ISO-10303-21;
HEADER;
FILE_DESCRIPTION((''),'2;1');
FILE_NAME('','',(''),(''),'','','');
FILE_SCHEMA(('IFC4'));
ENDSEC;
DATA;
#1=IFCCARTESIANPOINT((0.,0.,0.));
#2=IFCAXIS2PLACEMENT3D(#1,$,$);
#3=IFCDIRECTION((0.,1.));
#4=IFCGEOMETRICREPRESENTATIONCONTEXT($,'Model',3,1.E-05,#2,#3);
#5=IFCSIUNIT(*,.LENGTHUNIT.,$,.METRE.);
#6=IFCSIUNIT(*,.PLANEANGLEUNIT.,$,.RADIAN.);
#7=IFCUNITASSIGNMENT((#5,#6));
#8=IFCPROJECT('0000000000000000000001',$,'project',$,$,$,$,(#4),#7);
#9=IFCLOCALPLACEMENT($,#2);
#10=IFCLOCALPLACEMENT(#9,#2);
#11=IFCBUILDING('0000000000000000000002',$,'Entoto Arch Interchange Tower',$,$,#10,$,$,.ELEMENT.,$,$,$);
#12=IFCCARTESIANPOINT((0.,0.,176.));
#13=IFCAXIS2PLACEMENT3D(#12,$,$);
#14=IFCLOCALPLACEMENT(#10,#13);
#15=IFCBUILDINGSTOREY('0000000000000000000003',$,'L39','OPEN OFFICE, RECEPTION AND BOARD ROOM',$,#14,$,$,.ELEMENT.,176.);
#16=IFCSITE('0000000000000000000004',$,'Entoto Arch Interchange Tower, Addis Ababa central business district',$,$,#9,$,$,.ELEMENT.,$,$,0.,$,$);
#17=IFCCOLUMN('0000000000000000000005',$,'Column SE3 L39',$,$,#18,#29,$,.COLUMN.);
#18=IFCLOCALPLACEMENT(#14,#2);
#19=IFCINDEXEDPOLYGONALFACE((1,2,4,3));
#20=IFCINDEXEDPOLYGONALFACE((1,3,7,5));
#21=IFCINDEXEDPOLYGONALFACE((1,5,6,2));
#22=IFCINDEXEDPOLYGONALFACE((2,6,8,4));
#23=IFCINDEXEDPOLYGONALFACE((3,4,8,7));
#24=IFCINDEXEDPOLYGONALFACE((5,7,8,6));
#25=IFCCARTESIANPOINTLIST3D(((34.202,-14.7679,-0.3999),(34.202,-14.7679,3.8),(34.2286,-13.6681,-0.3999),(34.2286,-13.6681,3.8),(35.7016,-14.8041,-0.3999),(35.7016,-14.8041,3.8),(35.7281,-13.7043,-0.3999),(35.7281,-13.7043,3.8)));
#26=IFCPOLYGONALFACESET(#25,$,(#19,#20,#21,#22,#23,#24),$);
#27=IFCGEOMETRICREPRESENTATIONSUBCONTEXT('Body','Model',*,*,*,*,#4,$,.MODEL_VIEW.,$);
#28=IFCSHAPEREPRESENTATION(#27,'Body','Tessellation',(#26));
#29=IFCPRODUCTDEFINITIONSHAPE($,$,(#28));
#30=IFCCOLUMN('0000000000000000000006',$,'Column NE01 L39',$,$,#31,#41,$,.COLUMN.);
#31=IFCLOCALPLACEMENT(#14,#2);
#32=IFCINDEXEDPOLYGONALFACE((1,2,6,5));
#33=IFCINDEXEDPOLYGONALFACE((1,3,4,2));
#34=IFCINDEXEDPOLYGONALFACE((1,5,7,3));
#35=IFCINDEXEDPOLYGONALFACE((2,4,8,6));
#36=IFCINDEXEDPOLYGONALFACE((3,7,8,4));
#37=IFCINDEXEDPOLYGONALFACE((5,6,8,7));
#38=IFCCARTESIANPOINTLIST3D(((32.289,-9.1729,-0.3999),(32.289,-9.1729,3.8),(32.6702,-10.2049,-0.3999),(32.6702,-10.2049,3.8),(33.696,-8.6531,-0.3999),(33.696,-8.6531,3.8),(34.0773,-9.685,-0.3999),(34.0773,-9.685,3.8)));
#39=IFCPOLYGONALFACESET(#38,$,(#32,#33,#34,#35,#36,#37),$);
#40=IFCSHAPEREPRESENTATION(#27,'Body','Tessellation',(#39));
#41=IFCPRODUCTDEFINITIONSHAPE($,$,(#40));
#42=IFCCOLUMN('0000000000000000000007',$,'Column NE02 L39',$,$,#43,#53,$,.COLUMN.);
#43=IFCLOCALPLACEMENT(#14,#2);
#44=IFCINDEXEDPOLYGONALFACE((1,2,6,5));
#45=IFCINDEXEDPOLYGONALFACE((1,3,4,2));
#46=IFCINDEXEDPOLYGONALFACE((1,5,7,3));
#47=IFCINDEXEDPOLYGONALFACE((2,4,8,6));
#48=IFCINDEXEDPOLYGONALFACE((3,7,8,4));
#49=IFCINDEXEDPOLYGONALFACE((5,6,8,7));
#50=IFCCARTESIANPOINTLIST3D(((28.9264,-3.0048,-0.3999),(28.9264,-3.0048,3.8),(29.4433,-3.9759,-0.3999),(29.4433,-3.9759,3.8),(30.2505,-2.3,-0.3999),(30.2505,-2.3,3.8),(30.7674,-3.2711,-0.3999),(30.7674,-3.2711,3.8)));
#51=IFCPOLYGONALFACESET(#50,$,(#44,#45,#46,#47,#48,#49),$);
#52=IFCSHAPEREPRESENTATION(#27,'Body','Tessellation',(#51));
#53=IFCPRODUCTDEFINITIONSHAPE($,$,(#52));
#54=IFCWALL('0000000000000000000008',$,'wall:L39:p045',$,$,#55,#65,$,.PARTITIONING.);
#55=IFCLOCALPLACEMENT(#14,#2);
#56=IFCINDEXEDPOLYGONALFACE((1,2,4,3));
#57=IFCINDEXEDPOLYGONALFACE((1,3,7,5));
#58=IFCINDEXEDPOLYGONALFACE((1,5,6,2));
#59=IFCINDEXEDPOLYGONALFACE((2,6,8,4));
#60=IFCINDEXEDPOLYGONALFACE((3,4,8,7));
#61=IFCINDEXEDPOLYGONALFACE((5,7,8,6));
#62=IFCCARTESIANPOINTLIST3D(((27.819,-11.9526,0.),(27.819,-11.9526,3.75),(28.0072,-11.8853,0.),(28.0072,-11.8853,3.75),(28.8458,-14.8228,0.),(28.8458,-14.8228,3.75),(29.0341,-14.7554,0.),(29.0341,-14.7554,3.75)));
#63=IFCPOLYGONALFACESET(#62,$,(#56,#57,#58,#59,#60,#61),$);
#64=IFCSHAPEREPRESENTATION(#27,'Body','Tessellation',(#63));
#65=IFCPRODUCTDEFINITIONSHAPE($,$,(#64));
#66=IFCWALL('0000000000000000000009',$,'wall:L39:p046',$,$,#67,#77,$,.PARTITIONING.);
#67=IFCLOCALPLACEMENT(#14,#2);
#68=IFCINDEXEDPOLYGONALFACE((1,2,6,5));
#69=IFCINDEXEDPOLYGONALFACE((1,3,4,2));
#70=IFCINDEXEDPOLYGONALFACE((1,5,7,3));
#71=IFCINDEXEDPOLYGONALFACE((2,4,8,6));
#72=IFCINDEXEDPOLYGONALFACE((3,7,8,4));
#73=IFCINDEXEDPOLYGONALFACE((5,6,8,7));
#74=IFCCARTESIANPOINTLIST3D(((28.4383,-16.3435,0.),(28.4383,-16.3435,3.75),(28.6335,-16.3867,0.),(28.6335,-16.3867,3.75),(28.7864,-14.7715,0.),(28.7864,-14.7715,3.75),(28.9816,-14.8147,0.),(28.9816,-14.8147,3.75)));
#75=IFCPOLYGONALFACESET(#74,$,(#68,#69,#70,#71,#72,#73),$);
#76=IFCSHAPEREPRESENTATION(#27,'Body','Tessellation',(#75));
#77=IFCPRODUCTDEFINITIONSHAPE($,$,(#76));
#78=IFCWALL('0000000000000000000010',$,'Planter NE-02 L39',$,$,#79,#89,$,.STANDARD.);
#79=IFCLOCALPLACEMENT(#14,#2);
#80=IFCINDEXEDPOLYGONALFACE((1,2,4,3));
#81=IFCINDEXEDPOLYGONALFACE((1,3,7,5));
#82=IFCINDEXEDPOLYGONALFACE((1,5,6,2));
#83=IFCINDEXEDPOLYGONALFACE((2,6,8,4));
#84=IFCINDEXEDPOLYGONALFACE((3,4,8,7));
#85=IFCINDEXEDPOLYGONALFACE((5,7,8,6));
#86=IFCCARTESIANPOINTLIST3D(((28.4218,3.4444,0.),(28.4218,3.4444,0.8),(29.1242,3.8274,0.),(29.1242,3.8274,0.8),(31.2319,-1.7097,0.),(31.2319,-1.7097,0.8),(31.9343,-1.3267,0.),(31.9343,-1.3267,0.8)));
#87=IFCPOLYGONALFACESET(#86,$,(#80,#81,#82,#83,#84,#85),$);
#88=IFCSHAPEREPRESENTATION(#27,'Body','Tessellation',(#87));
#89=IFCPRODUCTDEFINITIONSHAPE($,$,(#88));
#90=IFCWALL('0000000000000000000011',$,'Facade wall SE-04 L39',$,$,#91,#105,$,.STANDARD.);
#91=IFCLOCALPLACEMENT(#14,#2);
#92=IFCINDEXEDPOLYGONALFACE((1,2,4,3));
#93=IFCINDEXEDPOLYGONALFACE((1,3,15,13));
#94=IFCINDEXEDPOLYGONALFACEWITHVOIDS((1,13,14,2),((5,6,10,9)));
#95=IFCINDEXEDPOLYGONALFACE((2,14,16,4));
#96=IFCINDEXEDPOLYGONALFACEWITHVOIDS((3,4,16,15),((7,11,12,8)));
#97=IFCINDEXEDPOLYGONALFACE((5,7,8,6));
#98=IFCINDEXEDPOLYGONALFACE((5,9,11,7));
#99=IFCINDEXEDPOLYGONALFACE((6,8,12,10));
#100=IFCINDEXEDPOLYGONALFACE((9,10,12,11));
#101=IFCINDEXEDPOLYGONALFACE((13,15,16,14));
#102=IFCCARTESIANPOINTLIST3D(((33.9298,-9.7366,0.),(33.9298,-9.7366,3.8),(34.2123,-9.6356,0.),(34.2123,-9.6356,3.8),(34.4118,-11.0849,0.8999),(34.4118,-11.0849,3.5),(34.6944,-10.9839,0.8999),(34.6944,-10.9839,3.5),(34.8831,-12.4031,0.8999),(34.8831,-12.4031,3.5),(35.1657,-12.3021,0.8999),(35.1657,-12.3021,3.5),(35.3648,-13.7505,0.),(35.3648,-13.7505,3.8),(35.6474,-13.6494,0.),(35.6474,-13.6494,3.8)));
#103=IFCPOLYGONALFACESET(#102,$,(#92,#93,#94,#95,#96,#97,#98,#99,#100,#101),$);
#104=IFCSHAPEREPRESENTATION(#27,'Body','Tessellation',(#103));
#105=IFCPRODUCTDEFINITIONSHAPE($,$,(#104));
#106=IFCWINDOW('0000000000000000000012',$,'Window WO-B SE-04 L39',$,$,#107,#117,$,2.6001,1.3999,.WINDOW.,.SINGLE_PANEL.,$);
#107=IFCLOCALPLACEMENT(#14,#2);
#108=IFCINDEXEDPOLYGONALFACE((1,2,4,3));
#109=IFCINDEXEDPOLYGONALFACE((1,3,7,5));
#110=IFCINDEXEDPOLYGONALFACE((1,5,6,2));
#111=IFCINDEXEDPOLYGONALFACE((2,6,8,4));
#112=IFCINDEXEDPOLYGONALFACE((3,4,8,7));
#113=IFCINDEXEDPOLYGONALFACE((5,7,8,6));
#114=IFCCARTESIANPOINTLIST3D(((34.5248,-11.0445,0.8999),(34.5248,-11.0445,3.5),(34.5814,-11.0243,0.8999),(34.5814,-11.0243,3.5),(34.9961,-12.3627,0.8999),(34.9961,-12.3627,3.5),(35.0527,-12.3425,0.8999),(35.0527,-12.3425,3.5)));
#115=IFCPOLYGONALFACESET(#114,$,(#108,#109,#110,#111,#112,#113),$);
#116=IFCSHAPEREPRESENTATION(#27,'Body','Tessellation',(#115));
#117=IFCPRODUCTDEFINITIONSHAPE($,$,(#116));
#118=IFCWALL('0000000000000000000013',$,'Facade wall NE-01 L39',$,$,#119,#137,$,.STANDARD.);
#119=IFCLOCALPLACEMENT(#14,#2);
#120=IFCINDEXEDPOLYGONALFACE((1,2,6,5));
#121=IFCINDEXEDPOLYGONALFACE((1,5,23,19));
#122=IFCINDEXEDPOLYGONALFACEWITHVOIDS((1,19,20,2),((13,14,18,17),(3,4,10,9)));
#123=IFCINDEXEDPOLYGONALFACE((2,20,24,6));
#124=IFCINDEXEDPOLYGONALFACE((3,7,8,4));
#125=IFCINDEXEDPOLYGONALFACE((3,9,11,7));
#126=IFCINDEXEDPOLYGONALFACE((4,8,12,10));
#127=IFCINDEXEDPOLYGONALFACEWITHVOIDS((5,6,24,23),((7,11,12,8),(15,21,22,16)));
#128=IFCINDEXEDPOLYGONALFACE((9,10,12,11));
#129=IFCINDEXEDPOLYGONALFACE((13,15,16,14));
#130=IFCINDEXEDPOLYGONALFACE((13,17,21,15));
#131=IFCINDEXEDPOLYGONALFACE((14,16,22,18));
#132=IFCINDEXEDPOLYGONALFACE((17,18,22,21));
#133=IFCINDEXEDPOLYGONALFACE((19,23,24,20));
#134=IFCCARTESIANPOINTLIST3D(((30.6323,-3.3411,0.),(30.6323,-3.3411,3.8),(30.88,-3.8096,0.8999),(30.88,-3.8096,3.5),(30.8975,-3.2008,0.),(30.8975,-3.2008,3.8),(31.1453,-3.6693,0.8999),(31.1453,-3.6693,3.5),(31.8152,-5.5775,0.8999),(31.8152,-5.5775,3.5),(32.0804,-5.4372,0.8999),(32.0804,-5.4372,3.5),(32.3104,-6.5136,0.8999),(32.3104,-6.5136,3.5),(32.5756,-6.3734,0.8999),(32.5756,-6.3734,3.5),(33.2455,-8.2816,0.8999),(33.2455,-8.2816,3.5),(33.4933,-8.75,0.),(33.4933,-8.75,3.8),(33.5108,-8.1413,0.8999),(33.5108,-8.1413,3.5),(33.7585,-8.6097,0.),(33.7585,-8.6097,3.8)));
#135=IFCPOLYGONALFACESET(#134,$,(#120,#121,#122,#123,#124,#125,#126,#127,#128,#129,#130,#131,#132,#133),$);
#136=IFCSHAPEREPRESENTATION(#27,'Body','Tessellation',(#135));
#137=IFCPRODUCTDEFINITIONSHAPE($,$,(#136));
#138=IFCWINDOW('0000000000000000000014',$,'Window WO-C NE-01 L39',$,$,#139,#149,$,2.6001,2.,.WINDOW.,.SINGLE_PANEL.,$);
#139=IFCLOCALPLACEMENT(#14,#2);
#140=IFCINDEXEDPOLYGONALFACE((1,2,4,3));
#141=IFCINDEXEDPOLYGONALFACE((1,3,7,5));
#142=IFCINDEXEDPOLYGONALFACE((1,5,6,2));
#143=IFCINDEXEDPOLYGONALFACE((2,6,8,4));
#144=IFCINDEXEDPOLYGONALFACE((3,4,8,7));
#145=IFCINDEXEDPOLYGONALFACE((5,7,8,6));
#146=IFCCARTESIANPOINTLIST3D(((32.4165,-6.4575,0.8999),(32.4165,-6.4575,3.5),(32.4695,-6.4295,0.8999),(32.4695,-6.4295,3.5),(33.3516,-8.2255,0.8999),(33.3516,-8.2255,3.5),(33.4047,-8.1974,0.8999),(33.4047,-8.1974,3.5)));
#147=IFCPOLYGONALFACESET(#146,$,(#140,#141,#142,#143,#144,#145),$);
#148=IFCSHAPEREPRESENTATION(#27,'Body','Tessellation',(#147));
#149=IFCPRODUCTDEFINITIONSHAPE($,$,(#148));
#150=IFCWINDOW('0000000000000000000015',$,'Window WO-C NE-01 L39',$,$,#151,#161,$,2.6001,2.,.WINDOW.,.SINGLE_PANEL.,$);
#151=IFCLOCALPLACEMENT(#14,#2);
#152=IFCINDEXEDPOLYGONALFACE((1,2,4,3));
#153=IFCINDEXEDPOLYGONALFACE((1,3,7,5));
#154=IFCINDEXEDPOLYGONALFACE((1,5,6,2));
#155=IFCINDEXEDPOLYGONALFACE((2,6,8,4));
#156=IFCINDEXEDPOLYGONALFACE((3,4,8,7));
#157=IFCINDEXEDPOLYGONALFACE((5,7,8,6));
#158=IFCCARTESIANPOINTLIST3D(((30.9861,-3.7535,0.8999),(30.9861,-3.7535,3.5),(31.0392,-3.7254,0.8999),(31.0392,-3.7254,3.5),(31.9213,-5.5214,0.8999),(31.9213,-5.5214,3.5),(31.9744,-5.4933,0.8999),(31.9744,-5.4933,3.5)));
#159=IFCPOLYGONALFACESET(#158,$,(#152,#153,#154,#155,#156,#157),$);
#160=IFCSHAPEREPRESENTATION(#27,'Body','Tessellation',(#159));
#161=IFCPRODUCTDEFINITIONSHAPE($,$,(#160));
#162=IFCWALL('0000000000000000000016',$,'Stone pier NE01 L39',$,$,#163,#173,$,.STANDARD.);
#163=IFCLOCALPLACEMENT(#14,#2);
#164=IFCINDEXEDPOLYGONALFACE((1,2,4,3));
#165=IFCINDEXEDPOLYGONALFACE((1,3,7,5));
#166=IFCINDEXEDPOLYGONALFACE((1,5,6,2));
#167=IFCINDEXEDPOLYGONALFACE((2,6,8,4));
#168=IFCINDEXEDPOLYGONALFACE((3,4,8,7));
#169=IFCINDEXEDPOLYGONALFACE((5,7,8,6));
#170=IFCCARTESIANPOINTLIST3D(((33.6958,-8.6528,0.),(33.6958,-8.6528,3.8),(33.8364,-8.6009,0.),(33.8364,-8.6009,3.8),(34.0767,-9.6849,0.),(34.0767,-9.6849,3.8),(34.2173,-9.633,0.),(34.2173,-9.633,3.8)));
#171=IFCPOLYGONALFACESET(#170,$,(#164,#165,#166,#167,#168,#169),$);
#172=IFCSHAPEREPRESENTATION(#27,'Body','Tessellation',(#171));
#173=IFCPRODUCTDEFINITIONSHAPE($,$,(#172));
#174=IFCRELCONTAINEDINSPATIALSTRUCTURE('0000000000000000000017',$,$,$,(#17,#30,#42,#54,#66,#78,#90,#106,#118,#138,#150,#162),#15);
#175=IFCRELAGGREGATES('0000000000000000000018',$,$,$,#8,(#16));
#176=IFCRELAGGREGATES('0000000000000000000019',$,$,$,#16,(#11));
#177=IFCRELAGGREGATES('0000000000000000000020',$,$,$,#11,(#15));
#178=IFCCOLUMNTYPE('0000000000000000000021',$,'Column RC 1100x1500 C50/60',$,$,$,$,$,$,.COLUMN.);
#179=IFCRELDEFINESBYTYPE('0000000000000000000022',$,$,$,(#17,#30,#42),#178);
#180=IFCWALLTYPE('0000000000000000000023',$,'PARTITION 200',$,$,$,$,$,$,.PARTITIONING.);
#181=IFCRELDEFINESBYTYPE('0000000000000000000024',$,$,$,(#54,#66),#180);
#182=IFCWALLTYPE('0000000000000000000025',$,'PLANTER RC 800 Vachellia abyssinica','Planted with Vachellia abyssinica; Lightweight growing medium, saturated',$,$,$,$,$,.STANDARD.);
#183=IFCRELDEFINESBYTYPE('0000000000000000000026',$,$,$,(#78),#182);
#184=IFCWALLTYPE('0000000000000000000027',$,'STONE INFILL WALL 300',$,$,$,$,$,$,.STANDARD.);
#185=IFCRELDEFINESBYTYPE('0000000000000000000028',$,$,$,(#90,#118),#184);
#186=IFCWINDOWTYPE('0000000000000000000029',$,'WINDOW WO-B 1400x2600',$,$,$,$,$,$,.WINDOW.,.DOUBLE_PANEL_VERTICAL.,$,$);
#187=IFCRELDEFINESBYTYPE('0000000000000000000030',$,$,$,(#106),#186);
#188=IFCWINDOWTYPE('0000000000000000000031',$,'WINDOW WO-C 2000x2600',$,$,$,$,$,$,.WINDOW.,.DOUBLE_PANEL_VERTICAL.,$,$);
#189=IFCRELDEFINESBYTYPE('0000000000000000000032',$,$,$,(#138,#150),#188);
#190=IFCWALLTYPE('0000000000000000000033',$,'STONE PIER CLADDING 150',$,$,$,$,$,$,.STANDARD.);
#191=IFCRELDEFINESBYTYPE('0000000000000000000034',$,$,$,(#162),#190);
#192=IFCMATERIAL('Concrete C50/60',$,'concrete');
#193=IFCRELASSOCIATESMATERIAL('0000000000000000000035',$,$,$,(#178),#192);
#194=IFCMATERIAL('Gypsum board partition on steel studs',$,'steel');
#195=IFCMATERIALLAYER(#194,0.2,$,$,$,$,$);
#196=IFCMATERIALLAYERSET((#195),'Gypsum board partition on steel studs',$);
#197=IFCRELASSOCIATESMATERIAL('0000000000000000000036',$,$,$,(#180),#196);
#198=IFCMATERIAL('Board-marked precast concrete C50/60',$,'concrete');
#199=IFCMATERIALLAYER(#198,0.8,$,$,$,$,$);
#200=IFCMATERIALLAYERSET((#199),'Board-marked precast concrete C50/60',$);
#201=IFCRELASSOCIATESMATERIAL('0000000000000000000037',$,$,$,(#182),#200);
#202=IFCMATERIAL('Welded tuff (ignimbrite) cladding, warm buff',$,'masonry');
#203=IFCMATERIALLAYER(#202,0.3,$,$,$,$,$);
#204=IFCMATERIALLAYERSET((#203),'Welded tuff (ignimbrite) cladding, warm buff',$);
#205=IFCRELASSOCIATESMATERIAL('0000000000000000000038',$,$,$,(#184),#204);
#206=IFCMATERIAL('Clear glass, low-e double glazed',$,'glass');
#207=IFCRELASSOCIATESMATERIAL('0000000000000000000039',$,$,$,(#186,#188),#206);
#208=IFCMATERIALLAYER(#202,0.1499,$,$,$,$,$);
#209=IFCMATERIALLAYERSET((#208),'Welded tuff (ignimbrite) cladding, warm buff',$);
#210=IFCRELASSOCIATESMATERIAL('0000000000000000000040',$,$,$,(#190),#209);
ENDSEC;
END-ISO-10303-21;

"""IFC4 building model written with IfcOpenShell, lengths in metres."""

from ifc_helpers import new_model, si_unit, direction, frame, frame_2d, origin, origin_2d, place, context, subcontext, project, spatial, rectangle, extrude, material, layer, layer_set, material_profile, profile_set, type_object, element, fill, save


model = new_model("IFC4")

# Units and contexts
model_context = context("Model", 3, precision=1e-05, world=origin(), true_north=direction((0.0, 1.0)))
body_context = subcontext(model_context, "Body", "Model", "MODEL_VIEW")
ifc_project = project(units=[si_unit("LENGTHUNIT", "METRE"), si_unit("PLANEANGLEUNIT", "RADIAN")], contexts=[model_context])

# Site, building, storey
site_placement = place(None, origin())
site = spatial("IfcSite", under=ifc_project, at=site_placement, Name="Entoto Arch Interchange Tower, Addis Ababa central business district", CompositionType="ELEMENT", RefElevation=0.0)
building_placement = place(site_placement, origin())
building = spatial("IfcBuilding", under=site, at=building_placement, Name="Entoto Arch Interchange Tower", CompositionType="ELEMENT")
storey_placement = place(building_placement, frame((0.0, 0.0, 176.0)))
storey = spatial("IfcBuildingStorey", under=building, at=storey_placement, Name="L39", Description="OPEN OFFICE, RECEPTION AND BOARD ROOM", CompositionType="ELEMENT", Elevation=176.0)

# Columns
ifc_material_1 = material(Name="Concrete C50/60", Category="concrete")
ifc_material_profile = material_profile(ifc_material_1, rectangle(XDim=1.1001, YDim=1.5, at=origin_2d()))
ifc_profile_set = profile_set([ifc_material_profile], Name="Concrete C50/60")
column_type = type_object("IfcColumnType", Name="Column RC 1100x1500 C50/60", PredefinedType="COLUMN", material=ifc_profile_set)
for number, where, z_axis, x_axis, name in (
    (1, (34.9651, -14.2361, -0.3999), (0.0, 0.0, 1.0), (0.024118, 0.999709, 0.0), "Column SE3 L39"),
    (2, (33.1831, -9.429, -0.3999), (0.0, 0.0, 1.0), (-0.346592, 0.938016, 0.0), "Column NE01 L39"),
    (3, (29.8469, -3.1379, -0.3999), (0.0, 0.0, 1.0), (-0.469857, 0.882743, 0.0), "Column NE02 L39"),
):
    element("IfcColumn", number, at=place(storey_placement, frame(where, z_axis=z_axis, x_axis=x_axis)), inside=storey, type_object=column_type, Name=name, PredefinedType="COLUMN", context=body_context, shape_type="SweptSolid", body=[
        extrude(rectangle(XDim=1.1001, YDim=1.5, at=origin_2d()), origin(), (0.0, 0.0, 1.0), 4.2),
    ])

# Walls
ifc_material_2 = material(Name="Gypsum board partition on steel studs", Category="steel")
ifc_layer_1 = layer(ifc_material_2, 0.2)
ifc_layer_set_1 = layer_set([ifc_layer_1], Name="Gypsum board partition on steel studs")
wall_type_1 = type_object("IfcWallType", Name="PARTITION 200", PredefinedType="PARTITIONING", material=ifc_layer_set_1)
wall_1_placement = place(storey_placement, frame((27.9131, -11.9189, 0.0), z_axis=(0.0, 0.0, 1.0), x_axis=(0.336864, -0.941553, 0.0)))
element("IfcWall", 4, at=wall_1_placement, inside=storey, type_object=wall_type_1, Name="wall:L39:p045", PredefinedType="PARTITIONING", context=body_context, shape_type="SweptSolid", body=[
    extrude(rectangle(XDim=3.0483, YDim=0.2, at=frame_2d((1.5242, 0.0))), origin(), (0.0, 0.0, 1.0), 3.75),
])
wall_2_placement = place(storey_placement, frame((28.884, -14.793, 0.0), z_axis=(0.0, 0.0, 1.0), x_axis=(-0.216224, -0.976344, 0.0)))
element("IfcWall", 5, at=wall_2_placement, inside=storey, type_object=wall_type_1, Name="wall:L39:p046", PredefinedType="PARTITIONING", context=body_context, shape_type="SweptSolid", body=[
    extrude(rectangle(XDim=1.6101, YDim=0.2, at=frame_2d((0.8052, 0.0))), origin(), (0.0, 0.0, 1.0), 3.75),
])
ifc_material_3 = material(Name="Board-marked precast concrete C50/60", Category="concrete")
ifc_layer_2 = layer(ifc_material_3, 0.8)
ifc_layer_set_2 = layer_set([ifc_layer_2], Name="Board-marked precast concrete C50/60")
wall_type_2 = type_object("IfcWallType", Name="PLANTER RC 800 Vachellia abyssinica", Description="Planted with Vachellia abyssinica; Lightweight growing medium, saturated", PredefinedType="STANDARD", material=ifc_layer_set_2)
wall_3_placement = place(storey_placement, frame((31.583, -1.5181, 0.0), z_axis=(0.0, 0.0, 1.0), x_axis=(-0.478689, 0.877985, 0.0)))
element("IfcWall", 6, at=wall_3_placement, inside=storey, type_object=wall_type_2, Name="Planter NE-02 L39", PredefinedType="STANDARD", context=body_context, shape_type="SweptSolid", body=[
    extrude(rectangle(XDim=5.8704, YDim=0.8, at=frame_2d((2.9351, 0.0))), origin(), (0.0, 0.0, 1.0), 0.8),
])

# Wall, opening, window
ifc_material_4 = material(Name="Welded tuff (ignimbrite) cladding, warm buff", Category="masonry")
ifc_layer_3 = layer(ifc_material_4, 0.3)
ifc_layer_set_3 = layer_set([ifc_layer_3], Name="Welded tuff (ignimbrite) cladding, warm buff")
wall_type_3 = type_object("IfcWallType", Name="STONE INFILL WALL 300", PredefinedType="STANDARD", material=ifc_layer_set_3)
wall_4_placement = place(storey_placement, frame((35.5061, -13.7, 0.0), z_axis=(0.0, 0.0, 1.0), x_axis=(-0.336652, 0.941629, 0.0)))
wall_4 = element("IfcWall", 7, at=wall_4_placement, inside=storey, type_object=wall_type_3, Name="Facade wall SE-04 L39", PredefinedType="STANDARD", context=body_context, shape_type="SweptSolid", body=[
    extrude(rectangle(XDim=4.2627, YDim=0.3, at=frame_2d((2.1313, 0.0))), origin(), (0.0, 0.0, 1.0), 3.8),
])
opening_1_placement = place(wall_4_placement, frame((1.4309, 0.0, 0.8999)))
opening_1 = element("IfcOpeningElement", 8, at=opening_1_placement, cuts=wall_4, PredefinedType="OPENING", context=body_context, shape_type="SweptSolid", body=[
    extrude(rectangle(XDim=1.3999, YDim=2.6001, at=frame_2d((0.7, 1.3))), frame((0.0, 0.1602, 0.0), z_axis=(0.0, -1.0, 0.0), x_axis=(1.0, 0.0, 0.0)), (0.0, 0.0, 1.0), 0.3201),
])
ifc_material_5 = material(Name="Clear glass, low-e double glazed", Category="glass")
window_type_1 = type_object("IfcWindowType", Name="WINDOW WO-B 1400x2600", PartitioningType="DOUBLE_PANEL_VERTICAL", PredefinedType="WINDOW", material=ifc_material_5)
window_1_placement = place(opening_1_placement, origin())
window_1 = element("IfcWindow", 9, at=window_1_placement, inside=storey, type_object=window_type_1, Name="Window WO-B SE-04 L39", OverallHeight=2.6001, OverallWidth=1.3999, PartitioningType="SINGLE_PANEL", PredefinedType="WINDOW", context=body_context, shape_type="SweptSolid", body=[
    extrude(rectangle(XDim=1.3999, YDim=2.6001, at=frame_2d((0.7, 1.3))), frame((0.0, 0.03, 0.0), z_axis=(0.0, -1.0, 0.0), x_axis=(1.0, 0.0, 0.0)), (0.0, 0.0, 1.0), 0.0601),
])
fill(opening_1, window_1)

# Wall, openings, windows
wall_5_placement = place(storey_placement, frame((33.626, -8.6799, 0.0), z_axis=(0.0, 0.0, 1.0), x_axis=(-0.467572, 0.883955, 0.0)))
wall_5 = element("IfcWall", 10, at=wall_5_placement, inside=storey, type_object=wall_type_3, Name="Facade wall NE-01 L39", PredefinedType="STANDARD", context=body_context, shape_type="SweptSolid", body=[
    extrude(rectangle(XDim=6.1189, YDim=0.3, at=frame_2d((3.0596, 0.0))), origin(), (0.0, 0.0, 1.0), 3.8),
])
opening_2_placement = place(wall_5_placement, frame((0.53, 0.0, 0.8999)))
opening_2 = element("IfcOpeningElement", 11, at=opening_2_placement, cuts=wall_5, PredefinedType="OPENING", context=body_context, shape_type="SweptSolid", body=[
    extrude(rectangle(XDim=2.0, YDim=2.6001, at=frame_2d((1.0, 1.3))), frame((0.0, 0.1602, 0.0), z_axis=(0.0, -1.0, 0.0), x_axis=(1.0, 0.0, 0.0)), (0.0, 0.0, 1.0), 0.3201),
])
opening_3_placement = place(wall_5_placement, frame((3.5891, 0.0, 0.8999)))
opening_3 = element("IfcOpeningElement", 12, at=opening_3_placement, cuts=wall_5, PredefinedType="OPENING", context=body_context, shape_type="SweptSolid", body=[
    extrude(rectangle(XDim=2.0, YDim=2.6001, at=frame_2d((1.0, 1.3))), frame((0.0, 0.1602, 0.0), z_axis=(0.0, -1.0, 0.0), x_axis=(1.0, 0.0, 0.0)), (0.0, 0.0, 1.0), 0.3201),
])
window_type_2 = type_object("IfcWindowType", Name="WINDOW WO-C 2000x2600", PartitioningType="DOUBLE_PANEL_VERTICAL", PredefinedType="WINDOW", material=ifc_material_5)
window_2_placement = place(opening_2_placement, origin())
window_2 = element("IfcWindow", 13, at=window_2_placement, inside=storey, type_object=window_type_2, Name="Window WO-C NE-01 L39", OverallHeight=2.6001, OverallWidth=2.0, PartitioningType="SINGLE_PANEL", PredefinedType="WINDOW", context=body_context, shape_type="SweptSolid", body=[
    extrude(rectangle(XDim=2.0, YDim=2.6001, at=frame_2d((1.0, 1.3))), frame((0.0, 0.03, 0.0), z_axis=(0.0, -1.0, 0.0), x_axis=(1.0, 0.0, 0.0)), (0.0, 0.0, 1.0), 0.0601),
])
fill(opening_2, window_2)
window_3_placement = place(opening_3_placement, origin())
window_3 = element("IfcWindow", 14, at=window_3_placement, inside=storey, type_object=window_type_2, Name="Window WO-C NE-01 L39", OverallHeight=2.6001, OverallWidth=2.0, PartitioningType="SINGLE_PANEL", PredefinedType="WINDOW", context=body_context, shape_type="SweptSolid", body=[
    extrude(rectangle(XDim=2.0, YDim=2.6001, at=frame_2d((1.0, 1.3))), frame((0.0, 0.03, 0.0), z_axis=(0.0, -1.0, 0.0), x_axis=(1.0, 0.0, 0.0)), (0.0, 0.0, 1.0), 0.0601),
])
fill(opening_3, window_3)

# Wall
ifc_layer_4 = layer(ifc_material_4, 0.1499)
ifc_layer_set_4 = layer_set([ifc_layer_4], Name="Welded tuff (ignimbrite) cladding, warm buff")
wall_type_4 = type_object("IfcWallType", Name="STONE PIER CLADDING 150", PredefinedType="STANDARD", material=ifc_layer_set_4)
wall_6_placement = place(storey_placement, frame((34.147, -9.6589, 0.0), z_axis=(0.0, 0.0, 1.0), x_axis=(-0.34623, 0.93815, 0.0)))
element("IfcWall", 15, at=wall_6_placement, inside=storey, type_object=wall_type_4, Name="Stone pier NE01 L39", PredefinedType="STANDARD", context=body_context, shape_type="SweptSolid", body=[
    extrude(rectangle(XDim=1.1001, YDim=0.1499, at=frame_2d((0.55, 0.0))), origin(), (0.0, 0.0, 1.0), 3.8),
])

save(model, "model.ifc")
